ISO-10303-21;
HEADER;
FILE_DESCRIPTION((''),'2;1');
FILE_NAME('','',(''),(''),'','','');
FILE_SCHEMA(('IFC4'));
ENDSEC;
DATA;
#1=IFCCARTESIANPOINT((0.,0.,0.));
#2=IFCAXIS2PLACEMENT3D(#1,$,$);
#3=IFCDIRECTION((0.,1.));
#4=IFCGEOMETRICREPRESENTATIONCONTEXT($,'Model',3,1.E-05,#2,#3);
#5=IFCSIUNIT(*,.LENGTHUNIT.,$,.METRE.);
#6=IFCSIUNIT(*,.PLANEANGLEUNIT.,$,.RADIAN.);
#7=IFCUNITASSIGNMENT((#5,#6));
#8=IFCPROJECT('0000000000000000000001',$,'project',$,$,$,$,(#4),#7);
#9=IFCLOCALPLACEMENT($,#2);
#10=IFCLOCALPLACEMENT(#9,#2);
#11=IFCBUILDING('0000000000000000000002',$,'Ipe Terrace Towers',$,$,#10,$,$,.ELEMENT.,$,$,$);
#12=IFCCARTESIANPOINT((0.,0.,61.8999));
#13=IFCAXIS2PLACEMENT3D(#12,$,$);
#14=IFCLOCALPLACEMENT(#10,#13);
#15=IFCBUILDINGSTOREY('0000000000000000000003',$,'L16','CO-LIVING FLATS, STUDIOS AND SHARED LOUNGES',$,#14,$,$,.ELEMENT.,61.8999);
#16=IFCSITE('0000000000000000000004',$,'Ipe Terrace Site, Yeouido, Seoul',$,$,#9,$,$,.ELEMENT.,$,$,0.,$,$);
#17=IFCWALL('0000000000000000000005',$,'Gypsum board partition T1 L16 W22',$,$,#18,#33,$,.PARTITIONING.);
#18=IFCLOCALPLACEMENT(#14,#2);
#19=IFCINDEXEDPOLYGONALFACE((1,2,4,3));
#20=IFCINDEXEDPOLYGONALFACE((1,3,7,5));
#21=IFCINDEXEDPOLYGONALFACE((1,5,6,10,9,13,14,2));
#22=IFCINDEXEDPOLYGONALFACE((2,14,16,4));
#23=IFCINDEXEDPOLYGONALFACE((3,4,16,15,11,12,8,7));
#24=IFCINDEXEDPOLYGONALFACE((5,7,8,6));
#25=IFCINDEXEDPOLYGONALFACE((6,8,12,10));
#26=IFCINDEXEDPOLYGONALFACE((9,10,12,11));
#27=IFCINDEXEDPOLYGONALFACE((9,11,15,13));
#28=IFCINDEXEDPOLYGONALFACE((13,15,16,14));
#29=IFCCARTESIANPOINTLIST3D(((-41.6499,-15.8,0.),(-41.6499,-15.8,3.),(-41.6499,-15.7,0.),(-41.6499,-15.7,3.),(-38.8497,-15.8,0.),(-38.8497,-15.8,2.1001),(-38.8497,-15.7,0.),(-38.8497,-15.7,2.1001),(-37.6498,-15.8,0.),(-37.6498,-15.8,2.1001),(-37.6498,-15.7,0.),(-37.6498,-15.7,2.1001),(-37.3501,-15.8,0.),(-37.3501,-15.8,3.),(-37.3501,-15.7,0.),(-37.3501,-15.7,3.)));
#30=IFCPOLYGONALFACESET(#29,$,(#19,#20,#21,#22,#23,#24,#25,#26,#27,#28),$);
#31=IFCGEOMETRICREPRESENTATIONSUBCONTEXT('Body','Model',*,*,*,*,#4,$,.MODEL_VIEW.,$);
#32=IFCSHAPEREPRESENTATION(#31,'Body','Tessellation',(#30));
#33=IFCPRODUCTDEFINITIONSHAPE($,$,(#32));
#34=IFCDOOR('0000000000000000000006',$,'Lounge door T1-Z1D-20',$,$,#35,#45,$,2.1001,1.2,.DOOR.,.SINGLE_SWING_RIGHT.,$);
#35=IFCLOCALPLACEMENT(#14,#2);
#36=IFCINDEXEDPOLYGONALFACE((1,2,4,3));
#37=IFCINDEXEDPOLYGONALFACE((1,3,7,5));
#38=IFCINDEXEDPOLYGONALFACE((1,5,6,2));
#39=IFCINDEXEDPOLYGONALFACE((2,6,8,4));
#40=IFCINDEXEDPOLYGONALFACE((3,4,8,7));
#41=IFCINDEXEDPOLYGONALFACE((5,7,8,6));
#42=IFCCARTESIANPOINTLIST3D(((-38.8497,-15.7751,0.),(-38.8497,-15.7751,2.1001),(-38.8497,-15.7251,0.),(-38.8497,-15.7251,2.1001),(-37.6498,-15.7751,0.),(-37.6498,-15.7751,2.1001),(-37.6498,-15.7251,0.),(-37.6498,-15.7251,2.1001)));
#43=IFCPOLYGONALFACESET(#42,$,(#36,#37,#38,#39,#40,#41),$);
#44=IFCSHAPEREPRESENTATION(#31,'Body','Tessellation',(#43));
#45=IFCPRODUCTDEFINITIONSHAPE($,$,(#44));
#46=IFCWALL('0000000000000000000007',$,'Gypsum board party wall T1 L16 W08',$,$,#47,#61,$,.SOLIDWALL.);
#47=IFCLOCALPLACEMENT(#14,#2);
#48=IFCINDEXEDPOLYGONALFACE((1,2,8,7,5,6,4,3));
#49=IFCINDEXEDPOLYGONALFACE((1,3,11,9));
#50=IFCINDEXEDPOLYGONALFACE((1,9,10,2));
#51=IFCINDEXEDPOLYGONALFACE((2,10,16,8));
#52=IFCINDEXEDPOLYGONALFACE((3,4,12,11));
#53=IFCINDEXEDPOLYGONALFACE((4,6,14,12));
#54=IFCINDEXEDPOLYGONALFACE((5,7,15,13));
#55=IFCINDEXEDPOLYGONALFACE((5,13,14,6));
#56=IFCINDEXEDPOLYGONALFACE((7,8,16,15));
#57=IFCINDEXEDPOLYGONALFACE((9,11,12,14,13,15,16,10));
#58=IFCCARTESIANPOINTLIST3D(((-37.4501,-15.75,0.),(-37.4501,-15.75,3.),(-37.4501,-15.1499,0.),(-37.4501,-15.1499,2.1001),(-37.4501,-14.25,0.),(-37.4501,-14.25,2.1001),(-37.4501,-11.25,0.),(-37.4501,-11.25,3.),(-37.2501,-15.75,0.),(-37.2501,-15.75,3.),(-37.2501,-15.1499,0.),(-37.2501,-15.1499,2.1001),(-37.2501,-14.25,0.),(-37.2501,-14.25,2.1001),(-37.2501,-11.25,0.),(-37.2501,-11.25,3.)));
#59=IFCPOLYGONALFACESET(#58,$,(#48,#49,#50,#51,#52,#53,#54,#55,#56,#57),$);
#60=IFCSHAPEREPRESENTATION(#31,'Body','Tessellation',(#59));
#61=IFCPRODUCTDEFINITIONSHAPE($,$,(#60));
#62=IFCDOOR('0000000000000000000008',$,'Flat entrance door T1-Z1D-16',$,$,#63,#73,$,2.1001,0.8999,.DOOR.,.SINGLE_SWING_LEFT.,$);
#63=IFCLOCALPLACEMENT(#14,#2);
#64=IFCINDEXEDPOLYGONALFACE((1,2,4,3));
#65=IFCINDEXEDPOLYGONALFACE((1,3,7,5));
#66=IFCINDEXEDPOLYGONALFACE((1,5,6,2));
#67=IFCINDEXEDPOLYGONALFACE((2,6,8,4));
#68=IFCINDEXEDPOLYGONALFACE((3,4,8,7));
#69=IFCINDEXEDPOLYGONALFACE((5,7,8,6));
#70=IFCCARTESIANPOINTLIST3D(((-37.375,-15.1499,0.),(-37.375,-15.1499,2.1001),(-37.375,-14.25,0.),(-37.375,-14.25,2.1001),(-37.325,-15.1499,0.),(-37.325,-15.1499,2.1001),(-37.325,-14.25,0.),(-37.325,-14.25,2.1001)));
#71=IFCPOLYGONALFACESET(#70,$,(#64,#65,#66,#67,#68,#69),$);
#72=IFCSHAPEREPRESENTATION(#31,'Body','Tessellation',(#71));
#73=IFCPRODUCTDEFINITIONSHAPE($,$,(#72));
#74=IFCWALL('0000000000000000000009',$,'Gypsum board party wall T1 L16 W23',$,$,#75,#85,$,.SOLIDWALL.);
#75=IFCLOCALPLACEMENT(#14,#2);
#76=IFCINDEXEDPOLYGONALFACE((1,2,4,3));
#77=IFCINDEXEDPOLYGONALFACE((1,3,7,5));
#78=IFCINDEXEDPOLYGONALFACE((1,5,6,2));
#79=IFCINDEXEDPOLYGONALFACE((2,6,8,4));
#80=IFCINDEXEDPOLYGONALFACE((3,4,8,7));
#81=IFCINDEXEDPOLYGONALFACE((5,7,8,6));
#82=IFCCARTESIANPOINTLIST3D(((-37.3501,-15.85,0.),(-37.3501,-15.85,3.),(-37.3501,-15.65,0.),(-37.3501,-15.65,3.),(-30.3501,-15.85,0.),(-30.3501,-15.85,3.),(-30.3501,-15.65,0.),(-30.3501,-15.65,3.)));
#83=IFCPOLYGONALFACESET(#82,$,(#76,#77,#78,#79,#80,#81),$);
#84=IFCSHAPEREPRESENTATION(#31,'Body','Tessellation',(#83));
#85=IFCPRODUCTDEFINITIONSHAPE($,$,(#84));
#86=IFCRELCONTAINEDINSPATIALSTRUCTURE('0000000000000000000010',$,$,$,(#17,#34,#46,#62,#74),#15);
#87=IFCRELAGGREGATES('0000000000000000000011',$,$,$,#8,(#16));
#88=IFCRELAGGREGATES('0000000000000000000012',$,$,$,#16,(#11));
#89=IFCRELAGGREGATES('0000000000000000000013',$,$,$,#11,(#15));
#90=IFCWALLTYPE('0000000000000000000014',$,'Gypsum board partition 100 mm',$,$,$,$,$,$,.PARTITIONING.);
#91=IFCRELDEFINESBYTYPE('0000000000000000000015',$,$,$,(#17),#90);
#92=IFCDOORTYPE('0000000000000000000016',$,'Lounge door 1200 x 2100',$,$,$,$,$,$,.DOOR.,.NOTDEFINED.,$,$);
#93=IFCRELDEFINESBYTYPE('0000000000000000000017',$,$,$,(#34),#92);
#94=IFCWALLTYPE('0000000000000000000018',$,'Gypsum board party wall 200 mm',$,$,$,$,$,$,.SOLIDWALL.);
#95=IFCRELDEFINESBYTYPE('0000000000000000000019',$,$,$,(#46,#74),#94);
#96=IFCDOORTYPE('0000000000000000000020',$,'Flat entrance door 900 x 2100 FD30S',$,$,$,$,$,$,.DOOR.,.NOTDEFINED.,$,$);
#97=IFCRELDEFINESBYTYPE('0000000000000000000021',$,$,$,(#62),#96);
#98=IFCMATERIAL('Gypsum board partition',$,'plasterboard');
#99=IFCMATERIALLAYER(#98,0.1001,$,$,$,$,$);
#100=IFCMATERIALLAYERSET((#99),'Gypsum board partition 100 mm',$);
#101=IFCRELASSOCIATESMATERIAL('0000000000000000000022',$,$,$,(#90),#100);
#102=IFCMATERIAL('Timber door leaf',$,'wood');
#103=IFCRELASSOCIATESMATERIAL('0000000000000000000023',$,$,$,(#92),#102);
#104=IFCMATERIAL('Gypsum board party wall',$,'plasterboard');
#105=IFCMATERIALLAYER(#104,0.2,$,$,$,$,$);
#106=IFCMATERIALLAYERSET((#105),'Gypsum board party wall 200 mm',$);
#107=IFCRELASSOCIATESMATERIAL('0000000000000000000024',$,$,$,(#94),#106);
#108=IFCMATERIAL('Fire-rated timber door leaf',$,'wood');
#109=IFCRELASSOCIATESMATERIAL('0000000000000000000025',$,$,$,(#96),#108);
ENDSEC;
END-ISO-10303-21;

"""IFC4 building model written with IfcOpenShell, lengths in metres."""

from ifc_helpers import new_model, si_unit, direction, frame, frame_2d, origin, place, context, subcontext, project, spatial, rectangle, extrude, material, layer, layer_set, type_object, element, fill, save


model = new_model("IFC4")

# Units and contexts
model_context = context("Model", 3, precision=1e-05, world=origin(), true_north=direction((0.0, 1.0)))
body_context = subcontext(model_context, "Body", "Model", "MODEL_VIEW")
ifc_project = project(units=[si_unit("LENGTHUNIT", "METRE"), si_unit("PLANEANGLEUNIT", "RADIAN")], contexts=[model_context])

# Site, building, storey
site_placement = place(None, origin())
site = spatial("IfcSite", under=ifc_project, at=site_placement, Name="Ipe Terrace Site, Yeouido, Seoul", CompositionType="ELEMENT", RefElevation=0.0)
building_placement = place(site_placement, origin())
building = spatial("IfcBuilding", under=site, at=building_placement, Name="Ipe Terrace Towers", CompositionType="ELEMENT")
storey_placement = place(building_placement, frame((0.0, 0.0, 61.8999)))
storey = spatial("IfcBuildingStorey", under=building, at=storey_placement, Name="L16", Description="CO-LIVING FLATS, STUDIOS AND SHARED LOUNGES", CompositionType="ELEMENT", Elevation=61.8999)

# Shared definitions
ifc_material_1 = material(Name="Gypsum board partition", Category="plasterboard")
ifc_layer_1 = layer(ifc_material_1, 0.1001)
ifc_layer_set_1 = layer_set([ifc_layer_1], Name="Gypsum board partition 100 mm")
wall_type_1 = type_object("IfcWallType", Name="Gypsum board partition 100 mm", PredefinedType="PARTITIONING", material=ifc_layer_set_1)

# Walls, openings, doors
wall_1_placement = place(storey_placement, frame((-41.6499, -15.75, 0.0), z_axis=(0.0, 0.0, 1.0), x_axis=(1.0, 0.0, 0.0)))
wall_1 = element("IfcWall", 1, at=wall_1_placement, inside=storey, type_object=wall_type_1, Name="Gypsum board partition T1 L16 W22", PredefinedType="PARTITIONING", context=body_context, shape_type="SweptSolid", body=[
    extrude(rectangle(XDim=4.2998, YDim=0.1001, at=frame_2d((2.1499, 0.0))), origin(), (0.0, 0.0, 1.0), 3.0),
])
opening_1_placement = place(wall_1_placement, frame((2.8, 0.0, 0.0)))
opening_1 = element("IfcOpeningElement", 2, at=opening_1_placement, cuts=wall_1, PredefinedType="OPENING", context=body_context, shape_type="SweptSolid", body=[
    extrude(rectangle(XDim=1.2, YDim=2.1001, at=frame_2d((0.6001, 1.05))), frame((0.0, 0.0601, 0.0), z_axis=(0.0, -1.0, 0.0), x_axis=(1.0, 0.0, 0.0)), (0.0, 0.0, 1.0), 0.1201),
])
ifc_material_2 = material(Name="Timber door leaf", Category="wood")
door_type_1 = type_object("IfcDoorType", Name="Lounge door 1200 x 2100", OperationType="NOTDEFINED", PredefinedType="DOOR", material=ifc_material_2)
door_1_placement = place(opening_1_placement, origin())
door_1 = element("IfcDoor", 3, at=door_1_placement, inside=storey, type_object=door_type_1, Name="Lounge door T1-Z1D-20", OperationType="SINGLE_SWING_RIGHT", OverallHeight=2.1001, OverallWidth=1.2, PredefinedType="DOOR", context=body_context, shape_type="SweptSolid", body=[
    extrude(rectangle(XDim=1.2, YDim=2.1001, at=frame_2d((0.6001, 1.05))), frame((0.0, 0.0249, 0.0), z_axis=(0.0, -1.0, 0.0), x_axis=(1.0, 0.0, 0.0)), (0.0, 0.0, 1.0), 0.05),
])
fill(opening_1, door_1)
ifc_material_3 = material(Name="Gypsum board party wall", Category="plasterboard")
ifc_layer_2 = layer(ifc_material_3, 0.2)
ifc_layer_set_2 = layer_set([ifc_layer_2], Name="Gypsum board party wall 200 mm")
wall_type_2 = type_object("IfcWallType", Name="Gypsum board party wall 200 mm", PredefinedType="SOLIDWALL", material=ifc_layer_set_2)
wall_2_placement = place(storey_placement, frame((-37.3501, -15.75, 0.0), z_axis=(0.0, 0.0, 1.0), x_axis=(0.0, 1.0, 0.0)))
wall_2 = element("IfcWall", 4, at=wall_2_placement, inside=storey, type_object=wall_type_2, Name="Gypsum board party wall T1 L16 W08", PredefinedType="SOLIDWALL", context=body_context, shape_type="SweptSolid", body=[
    extrude(rectangle(XDim=4.5, YDim=0.2, at=frame_2d((2.25, 0.0))), origin(), (0.0, 0.0, 1.0), 3.0),
])
opening_2_placement = place(wall_2_placement, frame((0.6001, 0.0, 0.0)))
opening_2 = element("IfcOpeningElement", 5, at=opening_2_placement, cuts=wall_2, PredefinedType="OPENING", context=body_context, shape_type="SweptSolid", body=[
    extrude(rectangle(XDim=0.8999, YDim=2.1001, at=frame_2d((0.45, 1.05))), frame((0.0, 0.1099, 0.0), z_axis=(0.0, -1.0, 0.0), x_axis=(1.0, 0.0, 0.0)), (0.0, 0.0, 1.0), 0.22),
])
ifc_material_4 = material(Name="Fire-rated timber door leaf", Category="wood")
door_type_2 = type_object("IfcDoorType", Name="Flat entrance door 900 x 2100 FD30S", OperationType="NOTDEFINED", PredefinedType="DOOR", material=ifc_material_4)
door_2_placement = place(opening_2_placement, origin())
door_2 = element("IfcDoor", 6, at=door_2_placement, inside=storey, type_object=door_type_2, Name="Flat entrance door T1-Z1D-16", OperationType="SINGLE_SWING_LEFT", OverallHeight=2.1001, OverallWidth=0.8999, PredefinedType="DOOR", context=body_context, shape_type="SweptSolid", body=[
    extrude(rectangle(XDim=0.8999, YDim=2.1001, at=frame_2d((0.45, 1.05))), frame((0.0, 0.0249, 0.0), z_axis=(0.0, -1.0, 0.0), x_axis=(1.0, 0.0, 0.0)), (0.0, 0.0, 1.0), 0.05),
])
fill(opening_2, door_2)

# Wall
wall_3_placement = place(storey_placement, frame((-37.3501, -15.75, 0.0), z_axis=(0.0, 0.0, 1.0), x_axis=(1.0, 0.0, 0.0)))
element("IfcWall", 7, at=wall_3_placement, inside=storey, type_object=wall_type_2, Name="Gypsum board party wall T1 L16 W23", PredefinedType="SOLIDWALL", context=body_context, shape_type="SweptSolid", body=[
    extrude(rectangle(XDim=7.0, YDim=0.2, at=frame_2d((3.5, 0.0))), origin(), (0.0, 0.0, 1.0), 3.0),
])

save(model, "model.ifc")
